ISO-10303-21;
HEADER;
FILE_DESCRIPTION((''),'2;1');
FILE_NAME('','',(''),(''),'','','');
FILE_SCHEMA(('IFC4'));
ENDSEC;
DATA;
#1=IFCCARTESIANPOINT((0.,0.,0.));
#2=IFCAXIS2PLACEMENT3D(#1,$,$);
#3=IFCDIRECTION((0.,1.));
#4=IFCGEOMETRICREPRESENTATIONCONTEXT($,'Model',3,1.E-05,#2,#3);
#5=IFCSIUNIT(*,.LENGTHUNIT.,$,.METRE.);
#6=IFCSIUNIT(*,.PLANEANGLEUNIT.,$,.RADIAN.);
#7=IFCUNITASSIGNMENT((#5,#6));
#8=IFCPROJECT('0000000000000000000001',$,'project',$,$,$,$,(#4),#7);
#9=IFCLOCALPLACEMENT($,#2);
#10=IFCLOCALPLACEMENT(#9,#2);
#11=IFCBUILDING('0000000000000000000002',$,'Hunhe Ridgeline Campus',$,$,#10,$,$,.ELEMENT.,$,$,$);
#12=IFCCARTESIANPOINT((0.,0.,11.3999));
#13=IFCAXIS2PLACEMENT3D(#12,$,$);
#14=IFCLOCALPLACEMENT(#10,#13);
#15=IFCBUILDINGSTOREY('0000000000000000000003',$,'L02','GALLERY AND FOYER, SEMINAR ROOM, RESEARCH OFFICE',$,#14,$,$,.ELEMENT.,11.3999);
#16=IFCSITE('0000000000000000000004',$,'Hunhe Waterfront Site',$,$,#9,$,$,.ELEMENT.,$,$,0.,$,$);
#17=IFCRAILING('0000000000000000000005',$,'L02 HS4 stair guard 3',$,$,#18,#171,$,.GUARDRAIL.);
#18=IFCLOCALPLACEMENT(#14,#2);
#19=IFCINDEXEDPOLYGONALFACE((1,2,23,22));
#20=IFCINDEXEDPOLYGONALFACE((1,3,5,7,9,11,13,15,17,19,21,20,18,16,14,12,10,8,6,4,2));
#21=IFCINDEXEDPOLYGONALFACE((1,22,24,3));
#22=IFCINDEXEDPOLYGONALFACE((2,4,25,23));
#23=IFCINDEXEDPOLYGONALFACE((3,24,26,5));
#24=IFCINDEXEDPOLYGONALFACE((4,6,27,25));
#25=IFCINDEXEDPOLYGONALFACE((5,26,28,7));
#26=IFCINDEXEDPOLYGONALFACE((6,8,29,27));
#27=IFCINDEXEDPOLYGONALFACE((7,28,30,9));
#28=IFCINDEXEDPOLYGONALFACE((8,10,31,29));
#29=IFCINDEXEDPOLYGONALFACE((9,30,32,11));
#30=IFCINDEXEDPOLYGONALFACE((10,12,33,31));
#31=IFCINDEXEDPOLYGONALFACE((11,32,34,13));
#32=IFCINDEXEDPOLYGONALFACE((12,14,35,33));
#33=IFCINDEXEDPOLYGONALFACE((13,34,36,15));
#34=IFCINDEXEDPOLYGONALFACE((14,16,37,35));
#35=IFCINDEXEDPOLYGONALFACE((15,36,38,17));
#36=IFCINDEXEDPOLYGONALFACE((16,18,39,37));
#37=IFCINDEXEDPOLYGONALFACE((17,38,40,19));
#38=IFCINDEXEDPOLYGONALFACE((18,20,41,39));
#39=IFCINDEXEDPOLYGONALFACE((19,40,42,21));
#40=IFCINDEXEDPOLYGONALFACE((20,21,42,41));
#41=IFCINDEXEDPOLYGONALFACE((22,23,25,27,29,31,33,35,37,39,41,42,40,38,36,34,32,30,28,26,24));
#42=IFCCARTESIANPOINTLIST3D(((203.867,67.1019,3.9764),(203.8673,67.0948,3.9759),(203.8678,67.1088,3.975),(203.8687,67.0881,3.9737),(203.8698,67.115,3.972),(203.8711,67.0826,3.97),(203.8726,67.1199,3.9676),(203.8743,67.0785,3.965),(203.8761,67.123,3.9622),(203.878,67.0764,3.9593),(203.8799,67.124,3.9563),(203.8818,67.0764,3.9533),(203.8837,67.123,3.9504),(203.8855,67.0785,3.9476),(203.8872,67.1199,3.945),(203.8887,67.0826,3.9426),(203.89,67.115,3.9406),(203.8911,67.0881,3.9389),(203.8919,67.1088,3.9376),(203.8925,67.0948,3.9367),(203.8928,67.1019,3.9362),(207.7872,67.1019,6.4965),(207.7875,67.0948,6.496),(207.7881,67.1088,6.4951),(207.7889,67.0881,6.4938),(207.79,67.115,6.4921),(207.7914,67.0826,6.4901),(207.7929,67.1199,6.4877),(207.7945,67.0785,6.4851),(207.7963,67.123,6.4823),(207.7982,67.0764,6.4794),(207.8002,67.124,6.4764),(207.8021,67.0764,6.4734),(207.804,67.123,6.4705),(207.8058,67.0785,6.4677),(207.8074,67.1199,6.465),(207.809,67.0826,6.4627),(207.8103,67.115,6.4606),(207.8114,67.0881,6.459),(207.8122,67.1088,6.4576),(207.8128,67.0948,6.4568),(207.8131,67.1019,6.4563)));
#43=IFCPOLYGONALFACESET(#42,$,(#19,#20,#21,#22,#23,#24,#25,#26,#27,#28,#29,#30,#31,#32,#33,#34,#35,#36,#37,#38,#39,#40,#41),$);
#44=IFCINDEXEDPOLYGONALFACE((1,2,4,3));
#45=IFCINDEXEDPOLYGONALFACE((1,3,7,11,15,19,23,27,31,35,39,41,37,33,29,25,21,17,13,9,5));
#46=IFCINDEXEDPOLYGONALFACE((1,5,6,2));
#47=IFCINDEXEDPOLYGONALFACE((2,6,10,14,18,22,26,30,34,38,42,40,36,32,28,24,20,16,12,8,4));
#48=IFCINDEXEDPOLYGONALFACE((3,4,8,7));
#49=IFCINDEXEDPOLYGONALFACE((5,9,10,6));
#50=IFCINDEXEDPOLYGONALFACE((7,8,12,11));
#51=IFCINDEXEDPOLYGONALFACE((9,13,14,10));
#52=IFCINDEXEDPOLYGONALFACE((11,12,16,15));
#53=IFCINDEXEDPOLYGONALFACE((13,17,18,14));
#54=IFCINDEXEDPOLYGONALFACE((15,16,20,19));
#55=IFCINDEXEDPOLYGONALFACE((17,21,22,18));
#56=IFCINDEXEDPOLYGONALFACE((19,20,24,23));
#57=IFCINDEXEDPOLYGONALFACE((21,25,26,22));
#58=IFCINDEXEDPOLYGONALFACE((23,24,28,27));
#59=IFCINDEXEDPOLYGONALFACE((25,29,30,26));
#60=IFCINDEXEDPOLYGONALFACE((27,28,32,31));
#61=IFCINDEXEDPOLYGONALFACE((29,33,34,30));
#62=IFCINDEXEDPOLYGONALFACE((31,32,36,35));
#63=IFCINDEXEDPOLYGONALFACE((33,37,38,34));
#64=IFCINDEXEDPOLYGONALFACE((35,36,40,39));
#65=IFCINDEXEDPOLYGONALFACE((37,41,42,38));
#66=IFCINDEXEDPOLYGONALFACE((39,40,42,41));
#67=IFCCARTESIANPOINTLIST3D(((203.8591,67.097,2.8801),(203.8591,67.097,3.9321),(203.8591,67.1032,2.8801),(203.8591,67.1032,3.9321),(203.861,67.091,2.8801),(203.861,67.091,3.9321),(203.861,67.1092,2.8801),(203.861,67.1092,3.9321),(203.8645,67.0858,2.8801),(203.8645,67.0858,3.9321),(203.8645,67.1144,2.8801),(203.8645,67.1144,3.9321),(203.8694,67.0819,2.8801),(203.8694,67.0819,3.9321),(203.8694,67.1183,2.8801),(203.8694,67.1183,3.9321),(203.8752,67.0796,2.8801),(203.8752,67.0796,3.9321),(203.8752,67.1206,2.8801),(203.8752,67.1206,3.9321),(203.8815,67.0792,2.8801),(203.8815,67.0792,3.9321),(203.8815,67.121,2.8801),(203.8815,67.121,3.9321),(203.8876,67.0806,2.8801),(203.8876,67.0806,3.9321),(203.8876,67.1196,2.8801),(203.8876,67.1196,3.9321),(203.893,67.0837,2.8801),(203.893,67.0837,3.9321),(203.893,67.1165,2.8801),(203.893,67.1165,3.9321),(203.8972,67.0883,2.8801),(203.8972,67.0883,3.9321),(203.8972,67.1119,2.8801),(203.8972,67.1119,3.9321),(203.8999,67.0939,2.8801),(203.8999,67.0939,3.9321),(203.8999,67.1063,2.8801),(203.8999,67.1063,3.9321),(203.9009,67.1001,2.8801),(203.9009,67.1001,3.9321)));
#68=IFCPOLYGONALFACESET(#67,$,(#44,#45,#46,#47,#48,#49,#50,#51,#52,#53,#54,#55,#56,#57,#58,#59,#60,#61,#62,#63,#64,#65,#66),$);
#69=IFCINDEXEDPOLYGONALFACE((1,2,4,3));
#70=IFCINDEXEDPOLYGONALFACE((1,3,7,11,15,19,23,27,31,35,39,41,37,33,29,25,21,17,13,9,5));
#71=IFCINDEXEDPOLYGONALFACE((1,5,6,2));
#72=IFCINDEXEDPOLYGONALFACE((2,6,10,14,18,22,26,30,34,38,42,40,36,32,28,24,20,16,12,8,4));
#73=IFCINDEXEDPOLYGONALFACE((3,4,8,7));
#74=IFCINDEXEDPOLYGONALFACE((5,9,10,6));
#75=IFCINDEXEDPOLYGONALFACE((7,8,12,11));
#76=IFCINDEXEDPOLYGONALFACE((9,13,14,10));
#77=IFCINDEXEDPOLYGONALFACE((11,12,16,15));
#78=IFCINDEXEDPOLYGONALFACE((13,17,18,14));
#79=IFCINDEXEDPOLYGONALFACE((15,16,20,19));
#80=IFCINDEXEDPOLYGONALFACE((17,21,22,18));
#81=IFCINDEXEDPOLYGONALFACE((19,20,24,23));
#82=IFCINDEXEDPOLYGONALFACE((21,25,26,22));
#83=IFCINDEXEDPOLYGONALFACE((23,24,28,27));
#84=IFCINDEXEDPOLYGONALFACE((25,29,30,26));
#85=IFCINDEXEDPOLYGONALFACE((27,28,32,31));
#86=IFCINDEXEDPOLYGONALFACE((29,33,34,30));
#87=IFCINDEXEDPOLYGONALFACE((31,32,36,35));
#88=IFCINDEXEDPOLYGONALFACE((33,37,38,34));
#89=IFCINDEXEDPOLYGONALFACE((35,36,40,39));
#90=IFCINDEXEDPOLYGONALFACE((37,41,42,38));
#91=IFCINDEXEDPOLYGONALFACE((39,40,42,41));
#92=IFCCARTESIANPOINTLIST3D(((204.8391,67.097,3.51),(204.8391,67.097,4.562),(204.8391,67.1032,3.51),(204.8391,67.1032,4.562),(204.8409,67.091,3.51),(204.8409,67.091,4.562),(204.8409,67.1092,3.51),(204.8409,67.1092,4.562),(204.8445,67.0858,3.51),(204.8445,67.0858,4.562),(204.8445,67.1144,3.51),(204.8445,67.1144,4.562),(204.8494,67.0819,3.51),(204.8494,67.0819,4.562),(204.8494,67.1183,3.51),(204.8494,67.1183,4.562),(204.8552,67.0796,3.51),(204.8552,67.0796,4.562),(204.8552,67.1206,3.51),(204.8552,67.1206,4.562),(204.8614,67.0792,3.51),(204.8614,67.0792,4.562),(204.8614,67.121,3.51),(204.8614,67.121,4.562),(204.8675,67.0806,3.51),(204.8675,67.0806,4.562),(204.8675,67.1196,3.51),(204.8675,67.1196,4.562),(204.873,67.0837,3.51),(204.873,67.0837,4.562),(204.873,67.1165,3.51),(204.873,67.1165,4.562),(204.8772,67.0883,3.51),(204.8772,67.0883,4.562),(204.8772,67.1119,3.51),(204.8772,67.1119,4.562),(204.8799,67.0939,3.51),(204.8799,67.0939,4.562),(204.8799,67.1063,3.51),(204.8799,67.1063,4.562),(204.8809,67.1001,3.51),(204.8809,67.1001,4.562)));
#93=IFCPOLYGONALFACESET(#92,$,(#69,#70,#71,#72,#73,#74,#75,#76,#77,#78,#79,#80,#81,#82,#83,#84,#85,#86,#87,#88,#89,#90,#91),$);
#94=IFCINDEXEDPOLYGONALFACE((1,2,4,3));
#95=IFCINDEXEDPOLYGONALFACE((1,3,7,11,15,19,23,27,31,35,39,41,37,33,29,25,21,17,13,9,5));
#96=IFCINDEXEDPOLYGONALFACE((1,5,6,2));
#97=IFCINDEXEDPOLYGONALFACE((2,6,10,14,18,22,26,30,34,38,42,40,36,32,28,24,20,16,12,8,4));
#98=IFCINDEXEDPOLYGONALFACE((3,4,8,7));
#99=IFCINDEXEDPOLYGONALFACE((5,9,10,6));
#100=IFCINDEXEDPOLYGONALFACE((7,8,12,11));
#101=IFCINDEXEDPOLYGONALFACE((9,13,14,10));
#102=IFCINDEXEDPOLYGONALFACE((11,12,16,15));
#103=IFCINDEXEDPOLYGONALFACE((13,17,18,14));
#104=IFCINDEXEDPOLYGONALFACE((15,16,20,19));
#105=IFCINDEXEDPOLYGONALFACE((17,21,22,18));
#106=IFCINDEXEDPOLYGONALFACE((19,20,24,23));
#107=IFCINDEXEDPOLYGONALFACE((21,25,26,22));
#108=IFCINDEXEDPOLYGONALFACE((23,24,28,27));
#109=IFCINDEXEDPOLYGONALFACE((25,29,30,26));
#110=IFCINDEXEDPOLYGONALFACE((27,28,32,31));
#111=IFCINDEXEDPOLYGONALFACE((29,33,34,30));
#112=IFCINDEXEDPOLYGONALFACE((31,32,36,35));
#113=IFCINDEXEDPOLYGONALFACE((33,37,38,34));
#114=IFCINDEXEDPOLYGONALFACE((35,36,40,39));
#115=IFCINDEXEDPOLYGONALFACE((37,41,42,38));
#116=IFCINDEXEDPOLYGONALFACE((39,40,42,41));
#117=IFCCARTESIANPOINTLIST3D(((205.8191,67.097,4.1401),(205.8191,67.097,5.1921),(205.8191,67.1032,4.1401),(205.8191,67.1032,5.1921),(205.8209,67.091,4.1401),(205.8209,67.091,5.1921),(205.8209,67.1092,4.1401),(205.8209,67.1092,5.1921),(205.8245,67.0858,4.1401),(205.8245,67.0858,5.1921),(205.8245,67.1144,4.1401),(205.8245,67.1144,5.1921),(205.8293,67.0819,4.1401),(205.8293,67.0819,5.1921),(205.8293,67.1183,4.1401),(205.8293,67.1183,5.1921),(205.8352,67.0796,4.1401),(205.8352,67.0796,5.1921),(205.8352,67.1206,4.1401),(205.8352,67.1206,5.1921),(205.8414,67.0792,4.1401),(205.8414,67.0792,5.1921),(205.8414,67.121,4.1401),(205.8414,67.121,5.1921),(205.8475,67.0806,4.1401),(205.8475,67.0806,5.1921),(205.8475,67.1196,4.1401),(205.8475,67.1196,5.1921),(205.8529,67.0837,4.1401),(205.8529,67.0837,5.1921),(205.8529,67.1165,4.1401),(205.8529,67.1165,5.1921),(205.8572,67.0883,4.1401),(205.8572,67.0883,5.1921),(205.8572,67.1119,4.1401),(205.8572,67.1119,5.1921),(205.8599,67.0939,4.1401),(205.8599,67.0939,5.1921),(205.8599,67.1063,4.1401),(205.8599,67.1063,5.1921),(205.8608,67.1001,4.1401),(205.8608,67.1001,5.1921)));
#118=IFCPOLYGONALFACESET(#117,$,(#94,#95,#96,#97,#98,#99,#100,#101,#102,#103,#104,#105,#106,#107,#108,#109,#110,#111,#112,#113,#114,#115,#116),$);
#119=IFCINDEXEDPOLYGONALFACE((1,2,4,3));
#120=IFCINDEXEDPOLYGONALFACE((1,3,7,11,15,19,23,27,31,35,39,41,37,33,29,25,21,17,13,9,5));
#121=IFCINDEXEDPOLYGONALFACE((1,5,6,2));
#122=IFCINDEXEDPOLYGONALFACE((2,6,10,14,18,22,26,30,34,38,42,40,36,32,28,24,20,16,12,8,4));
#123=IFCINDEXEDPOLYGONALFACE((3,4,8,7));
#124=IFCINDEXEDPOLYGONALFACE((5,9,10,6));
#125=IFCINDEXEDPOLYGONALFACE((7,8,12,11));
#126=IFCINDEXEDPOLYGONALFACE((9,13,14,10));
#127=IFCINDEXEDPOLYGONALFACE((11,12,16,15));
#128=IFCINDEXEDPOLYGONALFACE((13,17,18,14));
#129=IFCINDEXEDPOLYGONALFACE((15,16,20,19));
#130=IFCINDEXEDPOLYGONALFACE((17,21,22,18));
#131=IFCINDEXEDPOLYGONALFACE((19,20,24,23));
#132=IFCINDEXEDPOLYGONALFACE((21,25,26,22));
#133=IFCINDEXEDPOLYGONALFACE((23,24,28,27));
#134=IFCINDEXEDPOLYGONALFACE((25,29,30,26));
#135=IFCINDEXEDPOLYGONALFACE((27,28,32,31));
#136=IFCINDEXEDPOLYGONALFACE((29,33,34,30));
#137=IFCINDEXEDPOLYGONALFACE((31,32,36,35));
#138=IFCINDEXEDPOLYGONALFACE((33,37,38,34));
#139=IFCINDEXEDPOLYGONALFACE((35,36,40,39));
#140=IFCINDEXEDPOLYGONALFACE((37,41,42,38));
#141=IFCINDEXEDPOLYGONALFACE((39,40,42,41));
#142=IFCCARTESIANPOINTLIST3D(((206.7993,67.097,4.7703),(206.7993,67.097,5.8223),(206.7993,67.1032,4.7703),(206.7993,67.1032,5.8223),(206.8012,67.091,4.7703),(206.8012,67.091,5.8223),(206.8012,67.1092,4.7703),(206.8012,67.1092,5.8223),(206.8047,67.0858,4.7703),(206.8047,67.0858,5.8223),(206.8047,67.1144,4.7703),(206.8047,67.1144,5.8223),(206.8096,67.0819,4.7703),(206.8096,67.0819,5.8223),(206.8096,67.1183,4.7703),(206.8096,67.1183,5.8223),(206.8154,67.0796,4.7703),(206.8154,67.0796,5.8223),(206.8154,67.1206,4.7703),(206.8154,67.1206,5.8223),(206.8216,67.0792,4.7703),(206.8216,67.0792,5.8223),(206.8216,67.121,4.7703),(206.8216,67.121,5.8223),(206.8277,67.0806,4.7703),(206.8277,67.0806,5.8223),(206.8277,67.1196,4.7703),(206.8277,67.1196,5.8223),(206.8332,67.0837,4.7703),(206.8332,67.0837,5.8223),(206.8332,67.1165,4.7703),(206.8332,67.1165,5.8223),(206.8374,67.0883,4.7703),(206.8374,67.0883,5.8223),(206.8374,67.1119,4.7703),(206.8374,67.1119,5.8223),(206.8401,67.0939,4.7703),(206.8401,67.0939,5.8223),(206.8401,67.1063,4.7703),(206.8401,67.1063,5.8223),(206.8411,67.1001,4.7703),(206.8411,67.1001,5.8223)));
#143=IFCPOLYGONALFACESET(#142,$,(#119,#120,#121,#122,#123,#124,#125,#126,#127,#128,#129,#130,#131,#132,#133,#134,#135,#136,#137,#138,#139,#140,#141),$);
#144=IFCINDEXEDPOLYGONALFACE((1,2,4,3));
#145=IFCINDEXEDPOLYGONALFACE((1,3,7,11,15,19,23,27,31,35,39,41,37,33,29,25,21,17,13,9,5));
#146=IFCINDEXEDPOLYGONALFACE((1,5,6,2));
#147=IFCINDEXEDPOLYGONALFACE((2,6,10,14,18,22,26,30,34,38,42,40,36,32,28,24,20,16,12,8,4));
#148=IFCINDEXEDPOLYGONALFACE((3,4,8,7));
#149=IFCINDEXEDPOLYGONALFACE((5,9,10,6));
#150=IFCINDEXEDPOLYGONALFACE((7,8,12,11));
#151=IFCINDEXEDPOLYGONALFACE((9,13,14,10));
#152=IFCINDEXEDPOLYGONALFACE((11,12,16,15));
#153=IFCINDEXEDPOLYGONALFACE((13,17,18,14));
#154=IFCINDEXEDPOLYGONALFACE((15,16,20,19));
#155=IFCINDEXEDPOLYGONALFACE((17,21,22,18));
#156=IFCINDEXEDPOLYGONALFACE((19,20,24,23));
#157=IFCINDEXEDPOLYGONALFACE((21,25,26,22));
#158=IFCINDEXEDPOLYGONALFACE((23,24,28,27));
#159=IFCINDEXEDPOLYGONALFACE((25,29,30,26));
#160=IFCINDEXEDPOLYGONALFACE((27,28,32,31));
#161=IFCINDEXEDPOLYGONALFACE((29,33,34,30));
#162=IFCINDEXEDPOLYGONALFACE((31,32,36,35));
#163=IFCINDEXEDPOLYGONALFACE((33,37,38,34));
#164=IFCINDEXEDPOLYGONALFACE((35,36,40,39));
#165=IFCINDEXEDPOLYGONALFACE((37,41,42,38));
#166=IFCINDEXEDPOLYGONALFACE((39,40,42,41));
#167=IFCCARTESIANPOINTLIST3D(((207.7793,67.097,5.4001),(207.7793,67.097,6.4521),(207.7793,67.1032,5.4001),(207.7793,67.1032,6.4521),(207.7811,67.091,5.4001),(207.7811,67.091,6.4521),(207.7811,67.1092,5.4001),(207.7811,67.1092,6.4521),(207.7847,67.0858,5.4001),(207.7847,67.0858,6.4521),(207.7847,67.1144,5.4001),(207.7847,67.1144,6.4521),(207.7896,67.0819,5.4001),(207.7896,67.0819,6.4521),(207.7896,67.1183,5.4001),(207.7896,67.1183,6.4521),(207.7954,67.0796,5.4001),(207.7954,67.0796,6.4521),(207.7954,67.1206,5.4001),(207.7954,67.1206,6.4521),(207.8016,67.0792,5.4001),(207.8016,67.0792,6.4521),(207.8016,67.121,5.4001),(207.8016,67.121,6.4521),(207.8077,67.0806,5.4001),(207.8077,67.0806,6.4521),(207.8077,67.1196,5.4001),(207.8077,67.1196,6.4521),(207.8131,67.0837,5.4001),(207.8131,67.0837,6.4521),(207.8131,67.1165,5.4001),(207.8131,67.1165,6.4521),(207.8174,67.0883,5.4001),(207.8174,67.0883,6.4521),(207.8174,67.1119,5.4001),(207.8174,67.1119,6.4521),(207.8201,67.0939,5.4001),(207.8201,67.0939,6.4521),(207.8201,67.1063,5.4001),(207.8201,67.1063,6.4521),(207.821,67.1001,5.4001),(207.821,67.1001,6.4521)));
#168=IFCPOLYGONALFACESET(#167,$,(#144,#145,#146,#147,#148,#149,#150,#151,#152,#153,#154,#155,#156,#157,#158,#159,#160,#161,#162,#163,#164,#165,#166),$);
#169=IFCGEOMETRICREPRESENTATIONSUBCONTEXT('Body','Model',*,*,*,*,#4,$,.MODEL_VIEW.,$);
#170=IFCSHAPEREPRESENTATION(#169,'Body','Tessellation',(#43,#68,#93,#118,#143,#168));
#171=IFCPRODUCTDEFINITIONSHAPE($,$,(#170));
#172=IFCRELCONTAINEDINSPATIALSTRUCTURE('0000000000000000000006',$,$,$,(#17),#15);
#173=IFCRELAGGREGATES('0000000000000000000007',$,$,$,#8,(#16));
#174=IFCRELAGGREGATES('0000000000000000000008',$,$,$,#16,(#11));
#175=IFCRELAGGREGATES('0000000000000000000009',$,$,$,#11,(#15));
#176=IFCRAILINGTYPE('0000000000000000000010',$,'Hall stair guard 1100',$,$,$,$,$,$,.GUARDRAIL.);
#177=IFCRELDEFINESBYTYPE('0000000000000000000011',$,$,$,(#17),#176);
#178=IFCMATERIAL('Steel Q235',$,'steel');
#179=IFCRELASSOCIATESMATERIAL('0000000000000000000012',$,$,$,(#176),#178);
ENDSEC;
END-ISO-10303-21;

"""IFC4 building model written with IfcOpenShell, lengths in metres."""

from ifc_helpers import new_model, si_unit, direction, frame, origin, origin_2d, place, context, subcontext, project, spatial, circle, extrude, material, type_object, element, save


model = new_model("IFC4")

# Units and contexts
model_context = context("Model", 3, precision=1e-05, world=origin(), true_north=direction((0.0, 1.0)))
body_context = subcontext(model_context, "Body", "Model", "MODEL_VIEW")
ifc_project = project(units=[si_unit("LENGTHUNIT", "METRE"), si_unit("PLANEANGLEUNIT", "RADIAN")], contexts=[model_context])

# Site, building, storey
site_placement = place(None, origin())
site = spatial("IfcSite", under=ifc_project, at=site_placement, Name="Hunhe Waterfront Site", CompositionType="ELEMENT", RefElevation=0.0)
building_placement = place(site_placement, origin())
building = spatial("IfcBuilding", under=site, at=building_placement, Name="Hunhe Ridgeline Campus", CompositionType="ELEMENT")
storey_placement = place(building_placement, frame((0.0, 0.0, 11.3999)))
storey = spatial("IfcBuildingStorey", under=building, at=storey_placement, Name="L02", Description="GALLERY AND FOYER, SEMINAR ROOM, RESEARCH OFFICE", CompositionType="ELEMENT", Elevation=11.3999)

# Railing
ifc_material_1 = material(Name="Steel Q235", Category="steel")
railing_type_1 = type_object("IfcRailingType", Name="Hall stair guard 1100", PredefinedType="GUARDRAIL", material=ifc_material_1)
railing_1_placement = place(storey_placement, frame((203.8799, 67.1001, 2.8801)))
element("IfcRailing", 1, at=railing_1_placement, inside=storey, type_object=railing_type_1, Name="L02 HS4 stair guard 3", PredefinedType="GUARDRAIL", context=body_context, shape_type="SweptSolid", body=[
    extrude(circle(Radius=0.0239, at=origin_2d()), frame((0.0, 0.0, 1.0762), z_axis=(0.841187, 0.0, 0.540744), x_axis=(0.0, 1.0, 0.0)), (0.0, 0.0, 1.0), 4.6604),
    extrude(circle(Radius=0.021, at=origin_2d()), origin(), (0.0, 0.0, 1.0), 1.052),
    extrude(circle(Radius=0.021, at=origin_2d()), frame((0.98, 0.0, 0.6299)), (0.0, 0.0, 1.0), 1.052),
    extrude(circle(Radius=0.021, at=origin_2d()), frame((1.96, 0.0, 1.26)), (0.0, 0.0, 1.0), 1.052),
    extrude(circle(Radius=0.021, at=origin_2d()), frame((2.9402, 0.0, 1.8901)), (0.0, 0.0, 1.0), 1.052),
    extrude(circle(Radius=0.021, at=origin_2d()), frame((3.9202, 0.0, 2.52)), (0.0, 0.0, 1.0), 1.052),
])

save(model, "model.ifc")
